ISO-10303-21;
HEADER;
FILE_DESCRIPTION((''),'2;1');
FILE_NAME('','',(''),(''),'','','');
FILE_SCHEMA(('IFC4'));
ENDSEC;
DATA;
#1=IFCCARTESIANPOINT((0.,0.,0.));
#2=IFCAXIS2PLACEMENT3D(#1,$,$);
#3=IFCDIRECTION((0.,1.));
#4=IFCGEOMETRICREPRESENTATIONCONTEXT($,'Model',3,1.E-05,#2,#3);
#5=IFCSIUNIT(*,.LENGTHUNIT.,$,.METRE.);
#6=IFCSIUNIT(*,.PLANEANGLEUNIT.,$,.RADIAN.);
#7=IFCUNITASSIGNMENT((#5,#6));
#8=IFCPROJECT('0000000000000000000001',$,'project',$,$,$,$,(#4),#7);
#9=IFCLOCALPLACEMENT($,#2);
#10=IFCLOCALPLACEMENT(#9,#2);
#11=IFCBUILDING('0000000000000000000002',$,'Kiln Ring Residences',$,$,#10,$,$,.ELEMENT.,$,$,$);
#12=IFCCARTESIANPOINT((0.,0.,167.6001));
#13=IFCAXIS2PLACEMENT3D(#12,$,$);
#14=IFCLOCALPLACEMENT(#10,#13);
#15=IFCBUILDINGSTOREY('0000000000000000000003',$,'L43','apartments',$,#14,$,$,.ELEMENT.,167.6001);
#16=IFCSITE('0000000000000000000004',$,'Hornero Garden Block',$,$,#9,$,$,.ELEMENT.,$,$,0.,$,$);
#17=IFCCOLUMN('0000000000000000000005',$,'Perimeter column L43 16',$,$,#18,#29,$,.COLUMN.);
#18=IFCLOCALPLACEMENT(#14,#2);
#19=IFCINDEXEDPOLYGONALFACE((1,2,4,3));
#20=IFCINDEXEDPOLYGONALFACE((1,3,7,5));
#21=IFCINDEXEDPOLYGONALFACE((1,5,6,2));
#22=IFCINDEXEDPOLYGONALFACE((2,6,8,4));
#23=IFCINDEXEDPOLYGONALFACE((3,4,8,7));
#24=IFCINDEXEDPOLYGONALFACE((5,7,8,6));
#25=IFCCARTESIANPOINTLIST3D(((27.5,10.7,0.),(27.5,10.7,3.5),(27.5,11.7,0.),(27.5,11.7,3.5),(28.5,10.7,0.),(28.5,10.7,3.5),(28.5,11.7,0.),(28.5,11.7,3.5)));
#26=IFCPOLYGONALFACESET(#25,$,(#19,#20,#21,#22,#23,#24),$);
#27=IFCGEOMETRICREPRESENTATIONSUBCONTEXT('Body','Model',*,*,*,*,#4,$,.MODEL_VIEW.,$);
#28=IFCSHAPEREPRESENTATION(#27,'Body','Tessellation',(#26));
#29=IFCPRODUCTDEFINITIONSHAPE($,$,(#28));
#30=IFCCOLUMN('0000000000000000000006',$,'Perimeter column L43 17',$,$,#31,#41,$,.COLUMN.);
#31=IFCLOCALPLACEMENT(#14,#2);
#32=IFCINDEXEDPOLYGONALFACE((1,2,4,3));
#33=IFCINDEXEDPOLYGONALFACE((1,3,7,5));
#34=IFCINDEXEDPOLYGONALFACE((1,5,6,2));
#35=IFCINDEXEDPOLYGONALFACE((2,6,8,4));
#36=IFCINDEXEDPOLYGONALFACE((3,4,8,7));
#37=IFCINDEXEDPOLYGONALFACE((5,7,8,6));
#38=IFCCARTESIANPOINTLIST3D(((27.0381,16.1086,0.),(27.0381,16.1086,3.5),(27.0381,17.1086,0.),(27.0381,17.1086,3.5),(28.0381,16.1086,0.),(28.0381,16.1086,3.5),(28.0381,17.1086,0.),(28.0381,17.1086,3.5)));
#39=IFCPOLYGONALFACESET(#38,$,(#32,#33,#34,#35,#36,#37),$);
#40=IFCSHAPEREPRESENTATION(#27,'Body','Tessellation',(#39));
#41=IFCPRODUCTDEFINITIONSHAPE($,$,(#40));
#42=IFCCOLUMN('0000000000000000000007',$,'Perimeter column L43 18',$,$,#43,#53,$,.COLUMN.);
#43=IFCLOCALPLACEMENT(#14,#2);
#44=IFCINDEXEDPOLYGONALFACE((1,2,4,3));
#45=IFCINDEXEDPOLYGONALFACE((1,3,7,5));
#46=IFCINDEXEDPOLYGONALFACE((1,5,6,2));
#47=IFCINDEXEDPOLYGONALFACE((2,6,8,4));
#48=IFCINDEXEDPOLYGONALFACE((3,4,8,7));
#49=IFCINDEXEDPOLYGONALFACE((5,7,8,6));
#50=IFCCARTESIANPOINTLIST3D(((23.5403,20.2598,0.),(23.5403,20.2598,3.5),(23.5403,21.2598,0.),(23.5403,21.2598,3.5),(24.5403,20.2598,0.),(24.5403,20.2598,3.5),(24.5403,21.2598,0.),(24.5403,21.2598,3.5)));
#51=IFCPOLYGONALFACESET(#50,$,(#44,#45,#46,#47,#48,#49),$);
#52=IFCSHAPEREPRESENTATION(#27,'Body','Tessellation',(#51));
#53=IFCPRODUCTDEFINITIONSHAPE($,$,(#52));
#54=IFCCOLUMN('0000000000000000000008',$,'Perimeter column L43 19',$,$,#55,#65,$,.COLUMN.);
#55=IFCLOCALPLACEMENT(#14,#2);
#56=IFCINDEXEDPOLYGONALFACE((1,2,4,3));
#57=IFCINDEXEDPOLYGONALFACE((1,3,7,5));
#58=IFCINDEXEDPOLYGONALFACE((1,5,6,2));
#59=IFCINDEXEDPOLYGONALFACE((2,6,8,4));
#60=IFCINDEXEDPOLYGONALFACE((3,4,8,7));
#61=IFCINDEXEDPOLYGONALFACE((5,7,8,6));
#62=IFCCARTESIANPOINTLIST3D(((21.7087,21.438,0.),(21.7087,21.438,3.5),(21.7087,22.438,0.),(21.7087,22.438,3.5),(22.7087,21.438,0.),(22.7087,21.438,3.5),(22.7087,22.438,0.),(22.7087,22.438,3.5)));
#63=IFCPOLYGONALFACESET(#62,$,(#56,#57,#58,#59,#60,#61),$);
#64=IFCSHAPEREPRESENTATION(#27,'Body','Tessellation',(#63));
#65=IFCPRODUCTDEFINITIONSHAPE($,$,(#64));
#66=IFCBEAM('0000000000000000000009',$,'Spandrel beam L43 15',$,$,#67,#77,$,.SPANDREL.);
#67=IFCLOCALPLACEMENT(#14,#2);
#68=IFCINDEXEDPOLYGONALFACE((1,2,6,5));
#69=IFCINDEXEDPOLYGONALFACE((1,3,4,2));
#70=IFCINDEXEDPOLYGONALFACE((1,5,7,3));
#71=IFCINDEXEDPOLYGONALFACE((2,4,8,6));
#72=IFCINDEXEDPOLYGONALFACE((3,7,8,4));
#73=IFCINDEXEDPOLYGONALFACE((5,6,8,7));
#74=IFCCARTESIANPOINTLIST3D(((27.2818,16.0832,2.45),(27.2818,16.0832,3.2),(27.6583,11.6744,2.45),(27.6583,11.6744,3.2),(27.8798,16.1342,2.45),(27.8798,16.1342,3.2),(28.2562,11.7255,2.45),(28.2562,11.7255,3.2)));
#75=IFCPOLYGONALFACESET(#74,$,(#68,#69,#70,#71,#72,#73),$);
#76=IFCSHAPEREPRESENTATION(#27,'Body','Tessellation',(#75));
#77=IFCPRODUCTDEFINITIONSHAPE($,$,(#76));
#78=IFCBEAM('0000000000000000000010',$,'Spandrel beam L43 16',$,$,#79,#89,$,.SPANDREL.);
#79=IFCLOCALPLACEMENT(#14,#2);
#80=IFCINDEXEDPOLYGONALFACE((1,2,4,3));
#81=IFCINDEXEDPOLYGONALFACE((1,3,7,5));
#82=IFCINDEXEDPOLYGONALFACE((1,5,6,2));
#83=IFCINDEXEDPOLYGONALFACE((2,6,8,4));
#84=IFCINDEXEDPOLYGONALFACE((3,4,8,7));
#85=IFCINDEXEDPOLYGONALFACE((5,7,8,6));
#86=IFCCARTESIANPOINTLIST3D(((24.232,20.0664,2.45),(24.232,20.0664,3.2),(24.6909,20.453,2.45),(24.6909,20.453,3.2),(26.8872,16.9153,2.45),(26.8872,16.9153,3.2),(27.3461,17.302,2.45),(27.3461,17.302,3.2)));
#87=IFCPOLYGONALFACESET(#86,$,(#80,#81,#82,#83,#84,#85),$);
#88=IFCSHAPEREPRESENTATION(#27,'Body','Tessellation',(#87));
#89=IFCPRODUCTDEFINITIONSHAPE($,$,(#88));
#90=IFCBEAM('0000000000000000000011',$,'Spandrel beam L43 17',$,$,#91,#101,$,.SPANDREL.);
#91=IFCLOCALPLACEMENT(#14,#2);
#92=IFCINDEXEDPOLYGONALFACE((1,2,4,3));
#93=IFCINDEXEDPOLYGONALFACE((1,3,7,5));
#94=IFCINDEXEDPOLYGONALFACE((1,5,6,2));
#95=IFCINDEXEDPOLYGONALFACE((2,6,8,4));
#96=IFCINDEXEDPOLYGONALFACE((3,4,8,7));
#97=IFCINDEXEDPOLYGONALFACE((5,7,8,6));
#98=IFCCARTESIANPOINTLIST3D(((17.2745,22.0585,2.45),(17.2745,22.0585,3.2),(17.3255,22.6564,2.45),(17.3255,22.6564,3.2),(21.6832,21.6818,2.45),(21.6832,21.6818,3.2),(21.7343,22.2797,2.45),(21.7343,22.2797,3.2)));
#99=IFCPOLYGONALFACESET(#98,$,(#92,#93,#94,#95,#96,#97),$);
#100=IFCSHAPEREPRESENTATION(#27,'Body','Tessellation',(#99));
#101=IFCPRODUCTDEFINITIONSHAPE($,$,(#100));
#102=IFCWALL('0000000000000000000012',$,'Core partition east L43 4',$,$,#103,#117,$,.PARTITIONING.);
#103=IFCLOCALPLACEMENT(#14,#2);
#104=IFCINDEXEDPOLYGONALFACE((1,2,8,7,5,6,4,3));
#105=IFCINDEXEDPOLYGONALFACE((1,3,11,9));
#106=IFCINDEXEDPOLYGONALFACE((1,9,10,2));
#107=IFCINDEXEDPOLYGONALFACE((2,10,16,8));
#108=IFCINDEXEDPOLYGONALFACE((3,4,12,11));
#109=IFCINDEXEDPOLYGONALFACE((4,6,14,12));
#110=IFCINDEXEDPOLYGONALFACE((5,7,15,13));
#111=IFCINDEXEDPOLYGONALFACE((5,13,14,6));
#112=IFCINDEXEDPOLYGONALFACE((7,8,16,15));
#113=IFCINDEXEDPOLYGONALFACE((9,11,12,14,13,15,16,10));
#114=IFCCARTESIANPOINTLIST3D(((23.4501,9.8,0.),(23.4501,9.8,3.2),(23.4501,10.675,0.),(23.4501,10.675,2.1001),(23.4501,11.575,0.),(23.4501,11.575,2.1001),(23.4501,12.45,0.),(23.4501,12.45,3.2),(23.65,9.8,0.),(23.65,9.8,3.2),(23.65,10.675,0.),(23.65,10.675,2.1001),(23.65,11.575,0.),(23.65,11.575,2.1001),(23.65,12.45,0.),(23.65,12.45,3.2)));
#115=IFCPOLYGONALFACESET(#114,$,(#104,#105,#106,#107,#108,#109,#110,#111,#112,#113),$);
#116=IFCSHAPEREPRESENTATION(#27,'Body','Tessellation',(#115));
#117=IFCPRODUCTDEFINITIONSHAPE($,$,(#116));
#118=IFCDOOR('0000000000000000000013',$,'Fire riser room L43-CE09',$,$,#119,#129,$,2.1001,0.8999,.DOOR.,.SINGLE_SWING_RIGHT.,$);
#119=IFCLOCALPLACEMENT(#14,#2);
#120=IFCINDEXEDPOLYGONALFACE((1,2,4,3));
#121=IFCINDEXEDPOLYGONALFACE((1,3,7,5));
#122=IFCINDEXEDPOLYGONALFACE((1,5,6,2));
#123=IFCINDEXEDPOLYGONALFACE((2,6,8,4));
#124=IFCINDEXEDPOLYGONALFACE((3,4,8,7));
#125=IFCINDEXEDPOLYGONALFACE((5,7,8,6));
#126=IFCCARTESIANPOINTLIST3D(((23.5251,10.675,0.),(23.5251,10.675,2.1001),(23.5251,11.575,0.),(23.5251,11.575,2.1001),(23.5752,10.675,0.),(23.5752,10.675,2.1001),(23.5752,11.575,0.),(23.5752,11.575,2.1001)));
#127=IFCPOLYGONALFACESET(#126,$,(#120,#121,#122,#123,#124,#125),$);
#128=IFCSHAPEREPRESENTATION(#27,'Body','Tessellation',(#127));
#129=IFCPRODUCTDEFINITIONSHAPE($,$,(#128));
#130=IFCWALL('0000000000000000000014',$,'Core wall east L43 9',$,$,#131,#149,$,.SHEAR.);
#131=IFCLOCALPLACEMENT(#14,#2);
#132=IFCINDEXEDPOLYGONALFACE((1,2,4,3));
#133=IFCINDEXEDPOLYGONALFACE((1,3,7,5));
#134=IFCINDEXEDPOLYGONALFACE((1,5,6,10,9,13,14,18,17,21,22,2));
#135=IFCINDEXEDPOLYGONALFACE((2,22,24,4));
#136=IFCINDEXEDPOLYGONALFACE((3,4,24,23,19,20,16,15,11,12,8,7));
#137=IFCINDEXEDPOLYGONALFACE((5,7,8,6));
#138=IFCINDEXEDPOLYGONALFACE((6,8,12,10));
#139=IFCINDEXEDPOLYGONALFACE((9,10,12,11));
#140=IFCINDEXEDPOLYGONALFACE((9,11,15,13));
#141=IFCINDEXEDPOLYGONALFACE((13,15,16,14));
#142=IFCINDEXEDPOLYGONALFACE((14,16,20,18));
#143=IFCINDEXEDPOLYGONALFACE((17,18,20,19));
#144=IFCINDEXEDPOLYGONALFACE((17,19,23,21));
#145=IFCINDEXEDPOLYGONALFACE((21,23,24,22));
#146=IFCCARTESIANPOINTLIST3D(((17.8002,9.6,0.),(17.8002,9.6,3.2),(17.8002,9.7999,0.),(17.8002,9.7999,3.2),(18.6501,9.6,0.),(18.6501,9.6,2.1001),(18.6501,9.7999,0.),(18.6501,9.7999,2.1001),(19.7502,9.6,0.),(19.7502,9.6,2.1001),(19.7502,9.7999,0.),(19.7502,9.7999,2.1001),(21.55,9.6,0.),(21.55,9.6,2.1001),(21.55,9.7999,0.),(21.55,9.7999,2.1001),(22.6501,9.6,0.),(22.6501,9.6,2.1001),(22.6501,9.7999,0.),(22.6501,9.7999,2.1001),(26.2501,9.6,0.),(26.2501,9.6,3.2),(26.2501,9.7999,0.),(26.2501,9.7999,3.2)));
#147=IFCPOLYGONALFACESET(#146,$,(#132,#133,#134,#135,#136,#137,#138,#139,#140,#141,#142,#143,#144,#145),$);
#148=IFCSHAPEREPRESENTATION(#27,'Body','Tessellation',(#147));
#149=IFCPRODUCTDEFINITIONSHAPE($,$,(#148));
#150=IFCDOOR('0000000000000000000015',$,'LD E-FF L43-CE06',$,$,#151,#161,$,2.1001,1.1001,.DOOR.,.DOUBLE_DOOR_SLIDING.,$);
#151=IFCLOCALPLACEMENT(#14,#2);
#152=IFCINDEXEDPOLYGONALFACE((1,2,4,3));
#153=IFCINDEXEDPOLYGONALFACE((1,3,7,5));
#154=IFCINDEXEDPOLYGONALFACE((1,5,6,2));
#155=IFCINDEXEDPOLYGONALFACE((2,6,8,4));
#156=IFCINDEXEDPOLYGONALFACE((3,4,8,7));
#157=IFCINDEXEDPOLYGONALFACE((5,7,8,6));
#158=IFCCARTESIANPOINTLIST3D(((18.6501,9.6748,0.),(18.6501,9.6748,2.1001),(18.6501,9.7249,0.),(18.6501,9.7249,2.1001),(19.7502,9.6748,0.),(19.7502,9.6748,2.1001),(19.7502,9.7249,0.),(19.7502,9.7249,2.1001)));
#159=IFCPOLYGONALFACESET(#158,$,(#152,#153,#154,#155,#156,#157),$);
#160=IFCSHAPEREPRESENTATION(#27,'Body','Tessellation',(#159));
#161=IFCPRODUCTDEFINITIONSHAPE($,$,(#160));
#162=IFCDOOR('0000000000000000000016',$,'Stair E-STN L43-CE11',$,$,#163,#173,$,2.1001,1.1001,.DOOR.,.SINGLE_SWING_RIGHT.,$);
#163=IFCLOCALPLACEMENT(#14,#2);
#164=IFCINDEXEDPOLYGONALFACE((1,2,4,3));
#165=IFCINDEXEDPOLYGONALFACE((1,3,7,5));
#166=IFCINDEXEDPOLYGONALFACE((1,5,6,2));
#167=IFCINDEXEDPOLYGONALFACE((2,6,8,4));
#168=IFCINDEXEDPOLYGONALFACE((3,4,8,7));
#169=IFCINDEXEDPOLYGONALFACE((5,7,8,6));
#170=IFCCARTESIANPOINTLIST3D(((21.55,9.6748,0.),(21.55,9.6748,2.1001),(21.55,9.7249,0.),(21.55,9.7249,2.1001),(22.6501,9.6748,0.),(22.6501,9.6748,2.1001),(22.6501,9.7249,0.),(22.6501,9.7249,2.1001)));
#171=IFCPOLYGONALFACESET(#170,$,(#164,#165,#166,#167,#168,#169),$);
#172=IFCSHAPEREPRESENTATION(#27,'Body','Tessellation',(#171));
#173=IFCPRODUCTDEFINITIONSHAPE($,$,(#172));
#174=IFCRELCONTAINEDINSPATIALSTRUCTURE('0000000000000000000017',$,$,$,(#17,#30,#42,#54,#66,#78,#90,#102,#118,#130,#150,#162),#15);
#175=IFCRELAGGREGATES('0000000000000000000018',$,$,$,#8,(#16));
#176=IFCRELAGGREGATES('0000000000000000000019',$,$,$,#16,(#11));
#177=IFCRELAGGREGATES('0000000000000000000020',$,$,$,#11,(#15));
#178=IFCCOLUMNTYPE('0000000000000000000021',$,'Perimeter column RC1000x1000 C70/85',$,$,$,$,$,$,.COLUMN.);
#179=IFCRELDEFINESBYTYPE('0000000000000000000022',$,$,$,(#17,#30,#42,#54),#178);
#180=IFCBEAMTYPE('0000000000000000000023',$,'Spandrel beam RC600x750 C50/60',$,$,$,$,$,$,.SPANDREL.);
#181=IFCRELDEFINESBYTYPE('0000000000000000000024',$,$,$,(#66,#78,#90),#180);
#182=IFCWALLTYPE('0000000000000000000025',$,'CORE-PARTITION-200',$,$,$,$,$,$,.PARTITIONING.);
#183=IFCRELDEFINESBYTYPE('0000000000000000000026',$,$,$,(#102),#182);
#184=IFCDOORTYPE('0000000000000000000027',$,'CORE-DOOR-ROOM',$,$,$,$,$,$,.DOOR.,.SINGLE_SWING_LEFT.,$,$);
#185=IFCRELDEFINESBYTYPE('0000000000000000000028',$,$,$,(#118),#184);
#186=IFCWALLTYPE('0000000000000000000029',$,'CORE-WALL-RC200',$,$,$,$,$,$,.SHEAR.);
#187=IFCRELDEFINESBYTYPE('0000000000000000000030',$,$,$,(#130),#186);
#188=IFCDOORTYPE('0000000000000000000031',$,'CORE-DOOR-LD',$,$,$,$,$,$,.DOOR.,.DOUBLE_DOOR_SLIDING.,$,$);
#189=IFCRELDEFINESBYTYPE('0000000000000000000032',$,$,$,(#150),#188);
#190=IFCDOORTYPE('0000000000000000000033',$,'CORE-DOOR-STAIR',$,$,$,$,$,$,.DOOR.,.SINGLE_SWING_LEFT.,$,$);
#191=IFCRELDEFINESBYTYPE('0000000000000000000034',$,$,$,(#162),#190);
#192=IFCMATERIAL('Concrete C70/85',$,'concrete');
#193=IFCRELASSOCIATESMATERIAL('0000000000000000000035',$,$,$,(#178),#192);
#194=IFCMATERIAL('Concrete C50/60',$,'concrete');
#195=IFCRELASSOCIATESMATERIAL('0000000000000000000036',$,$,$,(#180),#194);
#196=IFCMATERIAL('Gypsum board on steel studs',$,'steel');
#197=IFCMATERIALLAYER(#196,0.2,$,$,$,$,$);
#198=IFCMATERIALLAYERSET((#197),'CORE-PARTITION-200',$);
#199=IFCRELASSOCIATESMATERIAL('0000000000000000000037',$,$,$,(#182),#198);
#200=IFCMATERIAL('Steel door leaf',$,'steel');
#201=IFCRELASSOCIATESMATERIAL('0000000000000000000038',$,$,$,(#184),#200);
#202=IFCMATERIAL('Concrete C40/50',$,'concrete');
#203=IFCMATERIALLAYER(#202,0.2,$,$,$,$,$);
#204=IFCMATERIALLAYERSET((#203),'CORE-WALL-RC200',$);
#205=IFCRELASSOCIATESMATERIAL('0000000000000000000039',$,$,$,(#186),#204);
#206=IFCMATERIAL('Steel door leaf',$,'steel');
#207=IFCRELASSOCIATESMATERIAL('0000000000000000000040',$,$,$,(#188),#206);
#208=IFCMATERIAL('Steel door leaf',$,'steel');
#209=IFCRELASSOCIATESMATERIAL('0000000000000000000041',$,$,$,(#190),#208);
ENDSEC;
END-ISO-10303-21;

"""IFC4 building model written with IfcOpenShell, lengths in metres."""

from ifc_helpers import new_model, si_unit, direction, frame, frame_2d, origin, origin_2d, place, context, subcontext, project, spatial, rectangle, extrude, material, layer, layer_set, material_profile, profile_set, type_object, element, fill, save


model = new_model("IFC4")

# Units and contexts
model_context = context("Model", 3, precision=1e-05, world=origin(), true_north=direction((0.0, 1.0)))
body_context = subcontext(model_context, "Body", "Model", "MODEL_VIEW")
ifc_project = project(units=[si_unit("LENGTHUNIT", "METRE"), si_unit("PLANEANGLEUNIT", "RADIAN")], contexts=[model_context])

# Site, building, storey
site_placement = place(None, origin())
site = spatial("IfcSite", under=ifc_project, at=site_placement, Name="Hornero Garden Block", CompositionType="ELEMENT", RefElevation=0.0)
building_placement = place(site_placement, origin())
building = spatial("IfcBuilding", under=site, at=building_placement, Name="Kiln Ring Residences", CompositionType="ELEMENT")
storey_placement = place(building_placement, frame((0.0, 0.0, 167.6001)))
storey = spatial("IfcBuildingStorey", under=building, at=storey_placement, Name="L43", Description="apartments", CompositionType="ELEMENT", Elevation=167.6001)

# Columns
ifc_material_1 = material(Name="Concrete C70/85", Category="concrete")
ifc_material_profile_1 = material_profile(ifc_material_1, rectangle(XDim=1.0, YDim=1.0, at=origin_2d()), Name="RC1000x1000")
ifc_profile_set_1 = profile_set([ifc_material_profile_1], Name="Concrete C70/85")
column_type = type_object("IfcColumnType", Name="Perimeter column RC1000x1000 C70/85", PredefinedType="COLUMN", material=ifc_profile_set_1)
for number, where, z_axis, x_axis, name in (
    (1, (28.0, 11.2, 0.0), (0.0, 0.0, 1.0), (1.0, 0.0, 0.0), "Perimeter column L43 16"),
    (2, (27.5381, 16.6086, 0.0), (0.0, 0.0, 1.0), (1.0, 0.0, 0.0), "Perimeter column L43 17"),
    (3, (24.0403, 20.7598, 0.0), (0.0, 0.0, 1.0), (1.0, 0.0, 0.0), "Perimeter column L43 18"),
    (4, (22.2087, 21.938, 0.0), (0.0, 0.0, 1.0), (1.0, 0.0, 0.0), "Perimeter column L43 19"),
):
    element("IfcColumn", number, at=place(storey_placement, frame(where, z_axis=z_axis, x_axis=x_axis)), inside=storey, type_object=column_type, Name=name, PredefinedType="COLUMN", context=body_context, shape_type="SweptSolid", body=[
        extrude(rectangle(XDim=1.0, YDim=1.0, at=origin_2d()), origin(), (0.0, 0.0, 1.0), 3.5),
    ])

# Beams
ifc_material_2 = material(Name="Concrete C50/60", Category="concrete")
ifc_material_profile_2 = material_profile(ifc_material_2, rectangle(XDim=0.6001, YDim=0.75, at=origin_2d()), Name="RC600x750")
ifc_profile_set_2 = profile_set([ifc_material_profile_2], Name="Concrete C50/60")
beam_type = type_object("IfcBeamType", Name="Spandrel beam RC600x750 C50/60", PredefinedType="SPANDREL", material=ifc_profile_set_2)
beam_1_placement = place(storey_placement, frame((27.9573, 11.7, 2.825), z_axis=(-0.085082, 0.996374, 0.0), x_axis=(-0.996374, -0.085082, 0.0)))
element("IfcBeam", 5, at=beam_1_placement, inside=storey, type_object=beam_type, Name="Spandrel beam L43 15", PredefinedType="SPANDREL", context=body_context, shape_type="SweptSolid", body=[
    extrude(rectangle(XDim=0.6001, YDim=0.75, at=origin_2d()), origin(), (0.0, 0.0, 1.0), 4.4248),
])
beam_2_placement = place(storey_placement, frame((27.1167, 17.1086, 2.825), z_axis=(-0.644377, 0.764708, 0.0), x_axis=(-0.764708, -0.644377, 0.0)))
element("IfcBeam", 6, at=beam_2_placement, inside=storey, type_object=beam_type, Name="Spandrel beam L43 16", PredefinedType="SPANDREL", context=body_context, shape_type="SweptSolid", body=[
    extrude(rectangle(XDim=0.6001, YDim=0.75, at=origin_2d()), origin(), (0.0, 0.0, 1.0), 4.1206),
])
beam_3_placement = place(storey_placement, frame((21.7087, 21.9807, 2.825), z_axis=(-0.996369, 0.085137, 0.0), x_axis=(-0.085137, -0.996369, 0.0)))
element("IfcBeam", 7, at=beam_3_placement, inside=storey, type_object=beam_type, Name="Spandrel beam L43 17", PredefinedType="SPANDREL", context=body_context, shape_type="SweptSolid", body=[
    extrude(rectangle(XDim=0.6001, YDim=0.75, at=origin_2d()), origin(), (0.0, 0.0, 1.0), 4.4248),
])

# Wall, opening, door
ifc_material_3 = material(Name="Gypsum board on steel studs", Category="steel")
ifc_layer_1 = layer(ifc_material_3, 0.2)
ifc_layer_set_1 = layer_set([ifc_layer_1], Name="CORE-PARTITION-200")
wall_type_1 = type_object("IfcWallType", Name="CORE-PARTITION-200", PredefinedType="PARTITIONING", material=ifc_layer_set_1)
wall_1_placement = place(storey_placement, frame((23.55, 9.8, 0.0), z_axis=(0.0, 0.0, 1.0), x_axis=(0.0, 1.0, 0.0)))
wall_1 = element("IfcWall", 8, at=wall_1_placement, inside=storey, type_object=wall_type_1, Name="Core partition east L43 4", PredefinedType="PARTITIONING", context=body_context, shape_type="SweptSolid", body=[
    extrude(rectangle(XDim=2.6499, YDim=0.2, at=frame_2d((1.325, 0.0))), origin(), (0.0, 0.0, 1.0), 3.2),
])
opening_1_placement = place(wall_1_placement, frame((0.875, 0.0, 0.0)))
opening_1 = element("IfcOpeningElement", 9, at=opening_1_placement, cuts=wall_1, PredefinedType="OPENING", context=body_context, shape_type="SweptSolid", body=[
    extrude(rectangle(XDim=0.8999, YDim=2.1001, at=frame_2d((0.45, 1.05))), frame((0.0, 0.1099, 0.0), z_axis=(0.0, -1.0, 0.0), x_axis=(1.0, 0.0, 0.0)), (0.0, 0.0, 1.0), 0.22),
])
ifc_material_4 = material(Name="Steel door leaf", Category="steel")
door_type_1 = type_object("IfcDoorType", Name="CORE-DOOR-ROOM", OperationType="SINGLE_SWING_LEFT", PredefinedType="DOOR", material=ifc_material_4)
door_1_placement = place(opening_1_placement, origin())
door_1 = element("IfcDoor", 10, at=door_1_placement, inside=storey, type_object=door_type_1, Name="Fire riser room L43-CE09", OperationType="SINGLE_SWING_RIGHT", OverallHeight=2.1001, OverallWidth=0.8999, PredefinedType="DOOR", context=body_context, shape_type="SweptSolid", body=[
    extrude(rectangle(XDim=0.8999, YDim=2.1001, at=frame_2d((0.45, 1.05))), frame((0.0, 0.0249, 0.0), z_axis=(0.0, -1.0, 0.0), x_axis=(1.0, 0.0, 0.0)), (0.0, 0.0, 1.0), 0.05),
])
fill(opening_1, door_1)

# Wall, openings, doors
ifc_material_5 = material(Name="Concrete C40/50", Category="concrete")
ifc_layer_2 = layer(ifc_material_5, 0.2)
ifc_layer_set_2 = layer_set([ifc_layer_2], Name="CORE-WALL-RC200")
wall_type_2 = type_object("IfcWallType", Name="CORE-WALL-RC200", PredefinedType="SHEAR", material=ifc_layer_set_2)
wall_2_placement = place(storey_placement, frame((17.8, 9.7, 0.0), z_axis=(0.0, 0.0, 1.0), x_axis=(1.0, 0.0, 0.0)))
wall_2 = element("IfcWall", 11, at=wall_2_placement, inside=storey, type_object=wall_type_2, Name="Core wall east L43 9", PredefinedType="SHEAR", context=body_context, shape_type="SweptSolid", body=[
    extrude(rectangle(XDim=8.45, YDim=0.2, at=frame_2d((4.2251, 0.0))), origin(), (0.0, 0.0, 1.0), 3.2),
])
opening_2_placement = place(wall_2_placement, frame((0.8501, 0.0, 0.0)))
opening_2 = element("IfcOpeningElement", 12, at=opening_2_placement, cuts=wall_2, PredefinedType="OPENING", context=body_context, shape_type="SweptSolid", body=[
    extrude(rectangle(XDim=1.1001, YDim=2.1001, at=frame_2d((0.55, 1.05))), frame((0.0, 0.1099, 0.0), z_axis=(0.0, -1.0, 0.0), x_axis=(1.0, 0.0, 0.0)), (0.0, 0.0, 1.0), 0.22),
])
opening_3_placement = place(wall_2_placement, frame((3.75, 0.0, 0.0)))
opening_3 = element("IfcOpeningElement", 13, at=opening_3_placement, cuts=wall_2, PredefinedType="OPENING", context=body_context, shape_type="SweptSolid", body=[
    extrude(rectangle(XDim=1.1001, YDim=2.1001, at=frame_2d((0.55, 1.05))), frame((0.0, 0.1099, 0.0), z_axis=(0.0, -1.0, 0.0), x_axis=(1.0, 0.0, 0.0)), (0.0, 0.0, 1.0), 0.22),
])
ifc_material_6 = material(Name="Steel door leaf", Category="steel")
door_type_2 = type_object("IfcDoorType", Name="CORE-DOOR-LD", OperationType="DOUBLE_DOOR_SLIDING", PredefinedType="DOOR", material=ifc_material_6)
door_2_placement = place(opening_2_placement, origin())
door_2 = element("IfcDoor", 14, at=door_2_placement, inside=storey, type_object=door_type_2, Name="LD E-FF L43-CE06", OperationType="DOUBLE_DOOR_SLIDING", OverallHeight=2.1001, OverallWidth=1.1001, PredefinedType="DOOR", context=body_context, shape_type="SweptSolid", body=[
    extrude(rectangle(XDim=1.1001, YDim=2.1001, at=frame_2d((0.55, 1.05))), frame((0.0, 0.0249, 0.0), z_axis=(0.0, -1.0, 0.0), x_axis=(1.0, 0.0, 0.0)), (0.0, 0.0, 1.0), 0.05),
])
fill(opening_2, door_2)
ifc_material_7 = material(Name="Steel door leaf", Category="steel")
door_type_3 = type_object("IfcDoorType", Name="CORE-DOOR-STAIR", OperationType="SINGLE_SWING_LEFT", PredefinedType="DOOR", material=ifc_material_7)
door_3_placement = place(opening_3_placement, origin())
door_3 = element("IfcDoor", 15, at=door_3_placement, inside=storey, type_object=door_type_3, Name="Stair E-STN L43-CE11", OperationType="SINGLE_SWING_RIGHT", OverallHeight=2.1001, OverallWidth=1.1001, PredefinedType="DOOR", context=body_context, shape_type="SweptSolid", body=[
    extrude(rectangle(XDim=1.1001, YDim=2.1001, at=frame_2d((0.55, 1.05))), frame((0.0, 0.0249, 0.0), z_axis=(0.0, -1.0, 0.0), x_axis=(1.0, 0.0, 0.0)), (0.0, 0.0, 1.0), 0.05),
])
fill(opening_3, door_3)

save(model, "model.ifc")
